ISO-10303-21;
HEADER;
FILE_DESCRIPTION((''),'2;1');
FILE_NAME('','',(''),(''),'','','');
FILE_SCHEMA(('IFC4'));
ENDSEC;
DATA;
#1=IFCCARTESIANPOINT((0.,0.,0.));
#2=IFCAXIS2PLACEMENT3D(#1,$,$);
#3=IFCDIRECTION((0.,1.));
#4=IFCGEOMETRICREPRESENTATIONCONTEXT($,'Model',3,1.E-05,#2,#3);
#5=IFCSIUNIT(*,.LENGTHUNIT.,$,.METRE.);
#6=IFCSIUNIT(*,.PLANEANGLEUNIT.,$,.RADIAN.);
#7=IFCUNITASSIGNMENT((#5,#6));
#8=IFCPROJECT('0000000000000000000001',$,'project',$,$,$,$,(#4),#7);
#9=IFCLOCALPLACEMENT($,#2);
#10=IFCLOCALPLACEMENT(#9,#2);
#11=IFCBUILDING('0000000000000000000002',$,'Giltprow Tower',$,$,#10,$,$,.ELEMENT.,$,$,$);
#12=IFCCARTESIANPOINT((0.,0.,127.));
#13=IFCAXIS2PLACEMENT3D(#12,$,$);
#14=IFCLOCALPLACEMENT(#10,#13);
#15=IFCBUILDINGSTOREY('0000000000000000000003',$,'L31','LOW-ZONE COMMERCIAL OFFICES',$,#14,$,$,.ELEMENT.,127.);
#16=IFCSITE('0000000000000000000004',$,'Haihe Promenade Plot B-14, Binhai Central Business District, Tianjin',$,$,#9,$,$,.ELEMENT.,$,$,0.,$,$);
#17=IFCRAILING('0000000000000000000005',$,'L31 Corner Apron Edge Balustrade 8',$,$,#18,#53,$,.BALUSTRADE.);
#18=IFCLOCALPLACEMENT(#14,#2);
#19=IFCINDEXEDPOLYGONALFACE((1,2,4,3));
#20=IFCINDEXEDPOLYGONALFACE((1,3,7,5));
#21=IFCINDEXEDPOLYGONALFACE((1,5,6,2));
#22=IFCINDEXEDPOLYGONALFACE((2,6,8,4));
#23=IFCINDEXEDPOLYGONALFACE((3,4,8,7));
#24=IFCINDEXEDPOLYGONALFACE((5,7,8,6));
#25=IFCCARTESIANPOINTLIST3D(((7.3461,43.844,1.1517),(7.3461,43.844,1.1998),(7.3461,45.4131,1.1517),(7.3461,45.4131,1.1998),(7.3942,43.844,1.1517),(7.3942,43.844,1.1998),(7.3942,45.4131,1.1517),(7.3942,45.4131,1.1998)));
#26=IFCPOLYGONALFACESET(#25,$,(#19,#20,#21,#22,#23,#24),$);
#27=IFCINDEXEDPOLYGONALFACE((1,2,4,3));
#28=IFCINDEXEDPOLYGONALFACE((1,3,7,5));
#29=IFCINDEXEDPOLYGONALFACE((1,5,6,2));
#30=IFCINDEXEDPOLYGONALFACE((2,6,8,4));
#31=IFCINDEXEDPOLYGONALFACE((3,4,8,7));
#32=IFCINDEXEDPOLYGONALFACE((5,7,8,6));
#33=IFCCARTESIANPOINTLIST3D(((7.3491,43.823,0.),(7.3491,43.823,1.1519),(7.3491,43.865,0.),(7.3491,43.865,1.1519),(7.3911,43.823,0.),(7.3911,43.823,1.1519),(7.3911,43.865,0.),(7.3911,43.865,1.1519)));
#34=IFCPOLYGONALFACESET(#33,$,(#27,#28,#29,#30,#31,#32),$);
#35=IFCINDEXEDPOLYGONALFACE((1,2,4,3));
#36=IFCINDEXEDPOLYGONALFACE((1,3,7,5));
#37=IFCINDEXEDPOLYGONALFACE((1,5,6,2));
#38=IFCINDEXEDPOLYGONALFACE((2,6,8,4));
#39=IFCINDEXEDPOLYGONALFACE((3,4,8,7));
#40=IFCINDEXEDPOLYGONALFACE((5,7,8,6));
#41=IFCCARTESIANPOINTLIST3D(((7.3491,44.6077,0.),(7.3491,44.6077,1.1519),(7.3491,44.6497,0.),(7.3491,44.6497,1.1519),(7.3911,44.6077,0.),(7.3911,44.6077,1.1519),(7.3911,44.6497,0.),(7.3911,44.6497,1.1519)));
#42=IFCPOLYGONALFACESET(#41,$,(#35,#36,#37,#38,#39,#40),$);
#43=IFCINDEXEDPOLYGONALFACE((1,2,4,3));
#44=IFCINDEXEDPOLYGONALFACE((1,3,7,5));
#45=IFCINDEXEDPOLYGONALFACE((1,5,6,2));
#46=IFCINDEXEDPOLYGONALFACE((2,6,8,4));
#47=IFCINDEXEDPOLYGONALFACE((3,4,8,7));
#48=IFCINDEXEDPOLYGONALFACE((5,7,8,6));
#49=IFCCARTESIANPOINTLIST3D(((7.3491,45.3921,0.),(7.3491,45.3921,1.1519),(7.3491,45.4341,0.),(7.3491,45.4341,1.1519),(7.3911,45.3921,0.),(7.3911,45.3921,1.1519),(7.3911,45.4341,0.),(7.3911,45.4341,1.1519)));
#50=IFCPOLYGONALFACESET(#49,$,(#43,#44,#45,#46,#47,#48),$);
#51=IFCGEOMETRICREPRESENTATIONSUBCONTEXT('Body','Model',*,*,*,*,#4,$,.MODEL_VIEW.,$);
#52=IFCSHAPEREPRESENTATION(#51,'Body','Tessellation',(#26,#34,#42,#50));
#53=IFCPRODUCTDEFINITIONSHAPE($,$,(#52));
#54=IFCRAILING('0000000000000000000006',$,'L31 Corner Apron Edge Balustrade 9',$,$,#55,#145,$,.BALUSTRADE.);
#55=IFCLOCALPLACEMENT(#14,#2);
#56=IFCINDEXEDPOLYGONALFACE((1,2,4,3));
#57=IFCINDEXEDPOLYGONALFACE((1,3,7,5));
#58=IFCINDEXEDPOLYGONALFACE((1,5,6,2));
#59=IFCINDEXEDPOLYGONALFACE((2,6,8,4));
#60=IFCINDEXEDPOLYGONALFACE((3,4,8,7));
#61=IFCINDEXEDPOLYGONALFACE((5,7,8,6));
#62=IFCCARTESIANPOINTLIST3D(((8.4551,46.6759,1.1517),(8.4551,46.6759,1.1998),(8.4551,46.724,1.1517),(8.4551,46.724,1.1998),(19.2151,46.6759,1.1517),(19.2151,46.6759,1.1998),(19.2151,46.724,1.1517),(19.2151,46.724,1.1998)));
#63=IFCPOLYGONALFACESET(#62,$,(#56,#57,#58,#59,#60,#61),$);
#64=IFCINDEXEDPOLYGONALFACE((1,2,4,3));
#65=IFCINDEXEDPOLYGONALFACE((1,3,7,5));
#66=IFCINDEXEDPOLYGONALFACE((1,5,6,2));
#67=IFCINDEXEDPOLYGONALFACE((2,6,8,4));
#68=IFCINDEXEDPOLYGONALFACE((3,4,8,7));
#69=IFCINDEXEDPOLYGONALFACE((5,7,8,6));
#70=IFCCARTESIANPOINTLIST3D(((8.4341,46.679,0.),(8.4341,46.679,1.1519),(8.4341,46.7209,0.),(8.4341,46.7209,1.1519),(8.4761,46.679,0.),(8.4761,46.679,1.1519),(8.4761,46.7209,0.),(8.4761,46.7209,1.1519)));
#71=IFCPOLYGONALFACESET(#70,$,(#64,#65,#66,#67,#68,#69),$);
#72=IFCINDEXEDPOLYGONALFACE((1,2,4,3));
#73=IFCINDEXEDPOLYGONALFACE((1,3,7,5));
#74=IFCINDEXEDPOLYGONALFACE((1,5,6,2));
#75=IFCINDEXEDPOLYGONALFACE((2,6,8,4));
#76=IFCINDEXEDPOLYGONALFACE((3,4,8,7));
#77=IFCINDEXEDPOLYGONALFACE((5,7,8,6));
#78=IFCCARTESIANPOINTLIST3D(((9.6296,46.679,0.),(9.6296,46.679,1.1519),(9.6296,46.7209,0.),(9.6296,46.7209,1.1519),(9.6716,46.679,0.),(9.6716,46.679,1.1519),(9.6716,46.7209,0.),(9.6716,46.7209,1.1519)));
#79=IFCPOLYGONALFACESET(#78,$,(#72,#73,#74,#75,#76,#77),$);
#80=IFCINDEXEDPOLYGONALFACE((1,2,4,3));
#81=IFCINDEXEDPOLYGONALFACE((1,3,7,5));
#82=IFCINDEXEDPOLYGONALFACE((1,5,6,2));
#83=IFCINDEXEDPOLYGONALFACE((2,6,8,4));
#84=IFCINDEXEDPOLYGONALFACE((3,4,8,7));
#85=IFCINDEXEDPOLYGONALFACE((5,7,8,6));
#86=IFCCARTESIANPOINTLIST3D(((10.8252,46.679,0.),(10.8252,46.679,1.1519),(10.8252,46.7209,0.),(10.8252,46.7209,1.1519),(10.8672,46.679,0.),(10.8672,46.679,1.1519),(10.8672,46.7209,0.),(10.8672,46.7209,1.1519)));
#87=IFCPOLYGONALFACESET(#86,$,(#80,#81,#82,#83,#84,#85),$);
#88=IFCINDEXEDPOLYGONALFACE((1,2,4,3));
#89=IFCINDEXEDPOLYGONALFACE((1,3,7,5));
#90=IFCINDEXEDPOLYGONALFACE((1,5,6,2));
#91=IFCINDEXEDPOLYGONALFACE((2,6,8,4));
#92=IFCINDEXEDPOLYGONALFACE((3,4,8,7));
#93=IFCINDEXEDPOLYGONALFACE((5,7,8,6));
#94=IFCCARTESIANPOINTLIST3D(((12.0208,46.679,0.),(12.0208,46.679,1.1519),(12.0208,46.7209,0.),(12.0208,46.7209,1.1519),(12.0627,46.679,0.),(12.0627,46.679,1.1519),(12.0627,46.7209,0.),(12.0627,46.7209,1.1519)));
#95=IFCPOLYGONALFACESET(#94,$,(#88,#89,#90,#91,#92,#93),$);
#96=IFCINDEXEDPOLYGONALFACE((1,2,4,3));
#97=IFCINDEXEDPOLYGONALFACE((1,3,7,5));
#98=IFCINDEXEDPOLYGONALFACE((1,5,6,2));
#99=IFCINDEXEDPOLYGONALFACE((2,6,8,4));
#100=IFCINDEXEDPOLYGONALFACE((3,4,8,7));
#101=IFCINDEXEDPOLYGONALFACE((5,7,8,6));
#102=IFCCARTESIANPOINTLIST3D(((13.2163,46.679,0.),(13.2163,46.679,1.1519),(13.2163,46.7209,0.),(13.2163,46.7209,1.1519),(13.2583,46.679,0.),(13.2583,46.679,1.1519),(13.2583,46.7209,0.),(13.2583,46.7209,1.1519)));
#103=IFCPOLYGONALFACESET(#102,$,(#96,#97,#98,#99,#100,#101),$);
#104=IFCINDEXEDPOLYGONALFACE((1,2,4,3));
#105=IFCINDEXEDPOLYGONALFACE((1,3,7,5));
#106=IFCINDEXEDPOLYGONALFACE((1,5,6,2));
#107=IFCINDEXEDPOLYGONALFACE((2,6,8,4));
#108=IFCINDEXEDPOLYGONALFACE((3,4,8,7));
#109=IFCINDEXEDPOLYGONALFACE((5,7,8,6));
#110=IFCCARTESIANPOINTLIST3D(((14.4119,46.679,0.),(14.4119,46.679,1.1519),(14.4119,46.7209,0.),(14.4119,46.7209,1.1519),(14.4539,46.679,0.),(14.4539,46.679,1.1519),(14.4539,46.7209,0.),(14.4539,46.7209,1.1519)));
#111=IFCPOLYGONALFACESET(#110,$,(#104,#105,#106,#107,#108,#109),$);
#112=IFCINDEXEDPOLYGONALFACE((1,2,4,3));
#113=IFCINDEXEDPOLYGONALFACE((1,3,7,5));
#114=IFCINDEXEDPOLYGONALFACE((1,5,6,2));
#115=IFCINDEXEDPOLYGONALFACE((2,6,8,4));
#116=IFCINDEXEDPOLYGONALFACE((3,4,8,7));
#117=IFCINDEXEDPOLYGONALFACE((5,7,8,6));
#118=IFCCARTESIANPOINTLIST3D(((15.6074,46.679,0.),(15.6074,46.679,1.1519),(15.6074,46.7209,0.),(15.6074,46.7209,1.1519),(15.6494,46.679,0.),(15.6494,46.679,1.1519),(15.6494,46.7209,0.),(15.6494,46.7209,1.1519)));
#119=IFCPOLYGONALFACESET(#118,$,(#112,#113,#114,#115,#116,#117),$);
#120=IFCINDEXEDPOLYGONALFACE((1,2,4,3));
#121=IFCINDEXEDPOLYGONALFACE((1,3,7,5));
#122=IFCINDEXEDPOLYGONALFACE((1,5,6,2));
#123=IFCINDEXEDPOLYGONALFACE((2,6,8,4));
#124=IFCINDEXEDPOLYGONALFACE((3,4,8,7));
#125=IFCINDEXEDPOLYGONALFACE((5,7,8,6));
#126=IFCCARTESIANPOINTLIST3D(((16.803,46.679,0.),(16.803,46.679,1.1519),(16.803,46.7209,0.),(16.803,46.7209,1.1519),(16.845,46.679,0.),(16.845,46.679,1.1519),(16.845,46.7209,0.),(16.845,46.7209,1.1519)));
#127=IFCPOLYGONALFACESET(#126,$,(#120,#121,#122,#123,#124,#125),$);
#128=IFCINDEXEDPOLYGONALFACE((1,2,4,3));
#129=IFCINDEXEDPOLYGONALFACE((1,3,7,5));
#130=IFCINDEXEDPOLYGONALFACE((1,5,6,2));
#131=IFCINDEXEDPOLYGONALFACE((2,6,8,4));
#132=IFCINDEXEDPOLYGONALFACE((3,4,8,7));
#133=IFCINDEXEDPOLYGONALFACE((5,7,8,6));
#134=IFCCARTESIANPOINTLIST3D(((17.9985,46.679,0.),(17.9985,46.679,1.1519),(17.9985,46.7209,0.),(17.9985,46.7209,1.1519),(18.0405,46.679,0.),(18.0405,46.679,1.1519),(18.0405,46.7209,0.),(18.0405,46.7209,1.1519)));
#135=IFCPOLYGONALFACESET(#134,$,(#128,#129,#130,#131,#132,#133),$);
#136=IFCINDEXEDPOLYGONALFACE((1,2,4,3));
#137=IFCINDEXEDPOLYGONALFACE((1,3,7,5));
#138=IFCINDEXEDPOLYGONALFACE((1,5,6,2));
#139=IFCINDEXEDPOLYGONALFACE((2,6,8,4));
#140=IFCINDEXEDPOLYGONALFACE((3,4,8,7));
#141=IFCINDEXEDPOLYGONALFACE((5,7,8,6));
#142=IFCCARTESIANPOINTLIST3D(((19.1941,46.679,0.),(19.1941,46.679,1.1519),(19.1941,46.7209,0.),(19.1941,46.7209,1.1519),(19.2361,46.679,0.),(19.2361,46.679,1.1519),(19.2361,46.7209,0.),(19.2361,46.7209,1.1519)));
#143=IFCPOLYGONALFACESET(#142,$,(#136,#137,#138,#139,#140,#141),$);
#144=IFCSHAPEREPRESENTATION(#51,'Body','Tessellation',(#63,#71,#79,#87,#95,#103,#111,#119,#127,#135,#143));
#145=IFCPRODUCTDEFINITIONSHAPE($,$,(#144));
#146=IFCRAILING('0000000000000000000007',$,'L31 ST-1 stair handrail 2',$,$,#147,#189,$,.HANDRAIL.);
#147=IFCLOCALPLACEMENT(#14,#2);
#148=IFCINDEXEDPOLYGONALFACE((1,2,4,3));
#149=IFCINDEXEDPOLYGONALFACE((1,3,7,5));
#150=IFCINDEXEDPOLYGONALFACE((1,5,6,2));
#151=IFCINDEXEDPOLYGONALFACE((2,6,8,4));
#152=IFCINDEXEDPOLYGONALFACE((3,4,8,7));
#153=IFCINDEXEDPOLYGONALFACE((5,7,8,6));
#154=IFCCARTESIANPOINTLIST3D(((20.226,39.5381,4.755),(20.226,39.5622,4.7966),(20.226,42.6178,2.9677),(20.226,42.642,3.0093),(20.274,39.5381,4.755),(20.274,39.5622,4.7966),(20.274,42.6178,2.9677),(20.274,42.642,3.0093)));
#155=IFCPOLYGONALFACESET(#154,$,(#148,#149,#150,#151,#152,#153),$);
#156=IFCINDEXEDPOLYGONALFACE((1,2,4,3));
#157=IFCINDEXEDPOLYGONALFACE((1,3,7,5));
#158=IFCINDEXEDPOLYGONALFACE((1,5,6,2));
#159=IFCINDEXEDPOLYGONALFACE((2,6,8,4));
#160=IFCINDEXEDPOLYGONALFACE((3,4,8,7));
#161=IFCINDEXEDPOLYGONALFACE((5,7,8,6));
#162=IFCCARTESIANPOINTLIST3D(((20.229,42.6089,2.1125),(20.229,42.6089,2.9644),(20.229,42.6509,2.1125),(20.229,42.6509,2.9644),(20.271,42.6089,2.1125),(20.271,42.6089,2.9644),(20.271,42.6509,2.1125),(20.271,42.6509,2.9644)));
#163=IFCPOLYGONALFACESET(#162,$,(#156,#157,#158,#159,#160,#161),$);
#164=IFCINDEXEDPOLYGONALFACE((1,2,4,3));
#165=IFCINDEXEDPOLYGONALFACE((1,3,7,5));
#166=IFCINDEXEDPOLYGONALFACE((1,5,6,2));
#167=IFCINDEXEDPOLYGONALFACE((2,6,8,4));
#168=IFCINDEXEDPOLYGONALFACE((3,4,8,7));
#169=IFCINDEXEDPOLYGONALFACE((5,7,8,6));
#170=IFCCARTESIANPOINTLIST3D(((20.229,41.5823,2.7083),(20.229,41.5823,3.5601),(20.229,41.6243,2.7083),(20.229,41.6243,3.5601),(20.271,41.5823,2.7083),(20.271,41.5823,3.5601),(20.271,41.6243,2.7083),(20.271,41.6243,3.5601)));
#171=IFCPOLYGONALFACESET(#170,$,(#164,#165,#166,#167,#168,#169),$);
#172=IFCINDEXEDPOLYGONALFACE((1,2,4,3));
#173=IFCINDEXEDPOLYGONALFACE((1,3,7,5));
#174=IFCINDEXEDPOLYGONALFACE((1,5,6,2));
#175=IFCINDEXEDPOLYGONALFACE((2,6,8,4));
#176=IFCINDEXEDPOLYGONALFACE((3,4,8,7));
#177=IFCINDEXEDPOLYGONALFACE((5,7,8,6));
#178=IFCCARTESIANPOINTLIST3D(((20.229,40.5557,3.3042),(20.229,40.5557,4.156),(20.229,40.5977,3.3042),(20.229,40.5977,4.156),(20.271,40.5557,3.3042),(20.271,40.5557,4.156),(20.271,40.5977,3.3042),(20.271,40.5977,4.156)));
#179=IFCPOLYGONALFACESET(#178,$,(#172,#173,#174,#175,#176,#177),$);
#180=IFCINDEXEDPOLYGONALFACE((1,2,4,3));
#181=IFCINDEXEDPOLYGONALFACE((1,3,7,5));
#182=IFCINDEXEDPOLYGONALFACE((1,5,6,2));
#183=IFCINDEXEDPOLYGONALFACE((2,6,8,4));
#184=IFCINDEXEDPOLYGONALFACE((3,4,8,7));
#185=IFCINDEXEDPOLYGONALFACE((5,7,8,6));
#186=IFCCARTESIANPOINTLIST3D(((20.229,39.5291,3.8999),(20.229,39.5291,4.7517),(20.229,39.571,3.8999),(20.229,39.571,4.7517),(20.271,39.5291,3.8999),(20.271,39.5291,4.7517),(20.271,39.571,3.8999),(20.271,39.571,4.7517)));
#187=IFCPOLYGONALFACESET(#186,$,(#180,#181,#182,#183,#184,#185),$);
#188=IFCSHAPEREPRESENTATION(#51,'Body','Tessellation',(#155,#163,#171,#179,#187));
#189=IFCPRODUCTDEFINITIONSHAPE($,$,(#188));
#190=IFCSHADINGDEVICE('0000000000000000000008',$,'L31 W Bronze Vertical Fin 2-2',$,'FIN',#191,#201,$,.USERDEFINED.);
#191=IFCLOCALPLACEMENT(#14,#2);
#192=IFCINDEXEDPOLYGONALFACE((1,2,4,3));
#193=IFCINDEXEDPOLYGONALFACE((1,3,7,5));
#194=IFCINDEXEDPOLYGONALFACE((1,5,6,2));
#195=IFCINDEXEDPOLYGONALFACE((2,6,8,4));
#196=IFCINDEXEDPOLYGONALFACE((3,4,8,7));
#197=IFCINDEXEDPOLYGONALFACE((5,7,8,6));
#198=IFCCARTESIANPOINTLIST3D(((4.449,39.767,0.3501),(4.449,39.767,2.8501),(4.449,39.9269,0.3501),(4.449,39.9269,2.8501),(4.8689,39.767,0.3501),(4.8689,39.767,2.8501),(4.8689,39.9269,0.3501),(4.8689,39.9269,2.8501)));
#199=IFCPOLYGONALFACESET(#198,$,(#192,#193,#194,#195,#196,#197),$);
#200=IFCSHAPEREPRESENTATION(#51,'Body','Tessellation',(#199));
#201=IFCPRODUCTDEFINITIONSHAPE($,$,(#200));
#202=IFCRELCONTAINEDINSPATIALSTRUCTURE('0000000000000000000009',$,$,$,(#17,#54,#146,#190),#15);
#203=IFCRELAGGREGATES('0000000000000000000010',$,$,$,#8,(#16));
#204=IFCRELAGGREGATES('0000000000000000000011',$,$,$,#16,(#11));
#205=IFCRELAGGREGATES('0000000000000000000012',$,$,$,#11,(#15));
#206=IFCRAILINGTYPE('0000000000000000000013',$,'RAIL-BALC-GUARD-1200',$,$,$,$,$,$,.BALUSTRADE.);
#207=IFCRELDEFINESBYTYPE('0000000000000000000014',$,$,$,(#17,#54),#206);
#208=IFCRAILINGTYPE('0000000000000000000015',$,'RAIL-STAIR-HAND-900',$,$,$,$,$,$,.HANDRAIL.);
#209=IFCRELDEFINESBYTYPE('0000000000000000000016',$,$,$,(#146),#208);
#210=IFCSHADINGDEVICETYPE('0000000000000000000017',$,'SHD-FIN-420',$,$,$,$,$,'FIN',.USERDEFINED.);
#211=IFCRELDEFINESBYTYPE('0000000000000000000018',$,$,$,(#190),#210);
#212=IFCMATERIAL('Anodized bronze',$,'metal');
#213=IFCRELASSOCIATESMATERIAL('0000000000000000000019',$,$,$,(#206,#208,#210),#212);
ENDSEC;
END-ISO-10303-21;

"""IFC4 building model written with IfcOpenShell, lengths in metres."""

from ifc_helpers import new_model, si_unit, direction, frame, origin, origin_2d, place, context, subcontext, project, spatial, rectangle, extrude, source, transform, mapped, material, type_object, element, save


model = new_model("IFC4")

# Units and contexts
model_context = context("Model", 3, precision=1e-05, world=origin(), true_north=direction((0.0, 1.0)))
body_context = subcontext(model_context, "Body", "Model", "MODEL_VIEW")
ifc_project = project(units=[si_unit("LENGTHUNIT", "METRE"), si_unit("PLANEANGLEUNIT", "RADIAN")], contexts=[model_context])

# Site, building, storey
site_placement = place(None, origin())
site = spatial("IfcSite", under=ifc_project, at=site_placement, Name="Haihe Promenade Plot B-14, Binhai Central Business District, Tianjin", CompositionType="ELEMENT", RefElevation=0.0)
building_placement = place(site_placement, origin())
building = spatial("IfcBuilding", under=site, at=building_placement, Name="Giltprow Tower", CompositionType="ELEMENT")
storey_placement = place(building_placement, frame((0.0, 0.0, 127.0)))
storey = spatial("IfcBuildingStorey", under=building, at=storey_placement, Name="L31", Description="LOW-ZONE COMMERCIAL OFFICES", CompositionType="ELEMENT", Elevation=127.0)

# Railings
ifc_material_1 = material(Name="Anodized bronze", Category="metal")
railing_type_1 = type_object("IfcRailingType", Name="RAIL-BALC-GUARD-1200", PredefinedType="BALUSTRADE", material=ifc_material_1)
railing_1_placement = place(storey_placement, frame((7.3701, 43.844, 0.0)))
element("IfcRailing", 1, at=railing_1_placement, inside=storey, type_object=railing_type_1, Name="L31 Corner Apron Edge Balustrade 8", PredefinedType="BALUSTRADE", context=body_context, shape_type="SweptSolid", body=[
    extrude(rectangle(XDim=0.0481, YDim=0.0481, at=origin_2d()), frame((0.0, 0.0, 1.1758), z_axis=(0.0, 1.0, 0.0), x_axis=(-1.0, 0.0, 0.0)), (0.0, 0.0, 1.0), 1.5691),
    extrude(rectangle(XDim=0.042, YDim=0.042, at=origin_2d()), origin(), (0.0, 0.0, 1.0), 1.1519),
    extrude(rectangle(XDim=0.042, YDim=0.042, at=origin_2d()), frame((0.0, 0.7847, 0.0)), (0.0, 0.0, 1.0), 1.1519),
    extrude(rectangle(XDim=0.042, YDim=0.042, at=origin_2d()), frame((0.0, 1.5691, 0.0)), (0.0, 0.0, 1.0), 1.1519),
])
railing_2_placement = place(storey_placement, frame((8.4551, 46.7, 0.0)))
element("IfcRailing", 2, at=railing_2_placement, inside=storey, type_object=railing_type_1, Name="L31 Corner Apron Edge Balustrade 9", PredefinedType="BALUSTRADE", context=body_context, shape_type="SweptSolid", body=[
    extrude(rectangle(XDim=0.0481, YDim=0.0481, at=origin_2d()), frame((0.0, 0.0, 1.1758), z_axis=(1.0, 0.0, 0.0), x_axis=(0.0, 1.0, 0.0)), (0.0, 0.0, 1.0), 10.76),
    extrude(rectangle(XDim=0.042, YDim=0.042, at=origin_2d()), origin(), (0.0, 0.0, 1.0), 1.1519),
    extrude(rectangle(XDim=0.042, YDim=0.042, at=origin_2d()), frame((1.1956, 0.0, 0.0)), (0.0, 0.0, 1.0), 1.1519),
    extrude(rectangle(XDim=0.042, YDim=0.042, at=origin_2d()), frame((2.3911, 0.0, 0.0)), (0.0, 0.0, 1.0), 1.1519),
    extrude(rectangle(XDim=0.042, YDim=0.042, at=origin_2d()), frame((3.5867, 0.0, 0.0)), (0.0, 0.0, 1.0), 1.1519),
    extrude(rectangle(XDim=0.042, YDim=0.042, at=origin_2d()), frame((4.7822, 0.0, 0.0)), (0.0, 0.0, 1.0), 1.1519),
    extrude(rectangle(XDim=0.042, YDim=0.042, at=origin_2d()), frame((5.9778, 0.0, 0.0)), (0.0, 0.0, 1.0), 1.1519),
    extrude(rectangle(XDim=0.042, YDim=0.042, at=origin_2d()), frame((7.1733, 0.0, 0.0)), (0.0, 0.0, 1.0), 1.1519),
    extrude(rectangle(XDim=0.042, YDim=0.042, at=origin_2d()), frame((8.3689, 0.0, 0.0)), (0.0, 0.0, 1.0), 1.1519),
    extrude(rectangle(XDim=0.042, YDim=0.042, at=origin_2d()), frame((9.5645, 0.0, 0.0)), (0.0, 0.0, 1.0), 1.1519),
    extrude(rectangle(XDim=0.042, YDim=0.042, at=origin_2d()), frame((10.76, 0.0, 0.0)), (0.0, 0.0, 1.0), 1.1519),
])
railing_type_2 = type_object("IfcRailingType", Name="RAIL-STAIR-HAND-900", PredefinedType="HANDRAIL", material=ifc_material_1)
railing_3_placement = place(storey_placement, frame((20.25, 42.6299, 2.1125)))
element("IfcRailing", 3, at=railing_3_placement, inside=storey, type_object=railing_type_2, Name="L31 ST-1 stair handrail 2", PredefinedType="HANDRAIL", context=body_context, shape_type="SweptSolid", body=[
    extrude(rectangle(XDim=0.0481, YDim=0.0481, at=origin_2d()), frame((0.0, 0.0, 0.876), z_axis=(0.0, -0.864903, 0.501939), x_axis=(1.0, 0.0, 0.0)), (0.0, 0.0, 1.0), 3.5608),
    extrude(rectangle(XDim=0.042, YDim=0.042, at=origin_2d()), origin(), (0.0, 0.0, 1.0), 0.8518),
    extrude(rectangle(XDim=0.042, YDim=0.042, at=origin_2d()), frame((0.0, -1.0266, 0.5957)), (0.0, 0.0, 1.0), 0.8518),
    extrude(rectangle(XDim=0.042, YDim=0.042, at=origin_2d()), frame((0.0, -2.0532, 1.1917)), (0.0, 0.0, 1.0), 0.8518),
    extrude(rectangle(XDim=0.042, YDim=0.042, at=origin_2d()), frame((0.0, -3.0798, 1.7874)), (0.0, 0.0, 1.0), 0.8518),
])

# Shading device
shading_device_type = type_object("IfcShadingDeviceType", Name="SHD-FIN-420", ElementType="FIN", PredefinedType="USERDEFINED", material=ifc_material_1)
shared_shape_1 = source(origin(), body_context, "Body", "SweptSolid", [
    extrude(rectangle(XDim=0.4199, YDim=0.1599, at=origin_2d()), origin(), (0.0, 0.0, 1.0), 2.5),
])
shading_device_placement = place(storey_placement, frame((4.6589, 39.8469, 0.3501), z_axis=(0.0, 0.0, 1.0), x_axis=(1.0, 0.0, 0.0)))
element("IfcShadingDevice", 4, at=shading_device_placement, inside=storey, type_object=shading_device_type, Name="L31 W Bronze Vertical Fin 2-2", ObjectType="FIN", PredefinedType="USERDEFINED", context=body_context, shape_type="MappedRepresentation", body=[
    mapped(shared_shape_1, transform((0.0, 0.0, 0.0), x_axis=(1.0, 0.0, 0.0), y_axis=(0.0, 1.0, 0.0), z_axis=(0.0, 0.0, 1.0), scale=1.0)),
])

save(model, "model.ifc")
